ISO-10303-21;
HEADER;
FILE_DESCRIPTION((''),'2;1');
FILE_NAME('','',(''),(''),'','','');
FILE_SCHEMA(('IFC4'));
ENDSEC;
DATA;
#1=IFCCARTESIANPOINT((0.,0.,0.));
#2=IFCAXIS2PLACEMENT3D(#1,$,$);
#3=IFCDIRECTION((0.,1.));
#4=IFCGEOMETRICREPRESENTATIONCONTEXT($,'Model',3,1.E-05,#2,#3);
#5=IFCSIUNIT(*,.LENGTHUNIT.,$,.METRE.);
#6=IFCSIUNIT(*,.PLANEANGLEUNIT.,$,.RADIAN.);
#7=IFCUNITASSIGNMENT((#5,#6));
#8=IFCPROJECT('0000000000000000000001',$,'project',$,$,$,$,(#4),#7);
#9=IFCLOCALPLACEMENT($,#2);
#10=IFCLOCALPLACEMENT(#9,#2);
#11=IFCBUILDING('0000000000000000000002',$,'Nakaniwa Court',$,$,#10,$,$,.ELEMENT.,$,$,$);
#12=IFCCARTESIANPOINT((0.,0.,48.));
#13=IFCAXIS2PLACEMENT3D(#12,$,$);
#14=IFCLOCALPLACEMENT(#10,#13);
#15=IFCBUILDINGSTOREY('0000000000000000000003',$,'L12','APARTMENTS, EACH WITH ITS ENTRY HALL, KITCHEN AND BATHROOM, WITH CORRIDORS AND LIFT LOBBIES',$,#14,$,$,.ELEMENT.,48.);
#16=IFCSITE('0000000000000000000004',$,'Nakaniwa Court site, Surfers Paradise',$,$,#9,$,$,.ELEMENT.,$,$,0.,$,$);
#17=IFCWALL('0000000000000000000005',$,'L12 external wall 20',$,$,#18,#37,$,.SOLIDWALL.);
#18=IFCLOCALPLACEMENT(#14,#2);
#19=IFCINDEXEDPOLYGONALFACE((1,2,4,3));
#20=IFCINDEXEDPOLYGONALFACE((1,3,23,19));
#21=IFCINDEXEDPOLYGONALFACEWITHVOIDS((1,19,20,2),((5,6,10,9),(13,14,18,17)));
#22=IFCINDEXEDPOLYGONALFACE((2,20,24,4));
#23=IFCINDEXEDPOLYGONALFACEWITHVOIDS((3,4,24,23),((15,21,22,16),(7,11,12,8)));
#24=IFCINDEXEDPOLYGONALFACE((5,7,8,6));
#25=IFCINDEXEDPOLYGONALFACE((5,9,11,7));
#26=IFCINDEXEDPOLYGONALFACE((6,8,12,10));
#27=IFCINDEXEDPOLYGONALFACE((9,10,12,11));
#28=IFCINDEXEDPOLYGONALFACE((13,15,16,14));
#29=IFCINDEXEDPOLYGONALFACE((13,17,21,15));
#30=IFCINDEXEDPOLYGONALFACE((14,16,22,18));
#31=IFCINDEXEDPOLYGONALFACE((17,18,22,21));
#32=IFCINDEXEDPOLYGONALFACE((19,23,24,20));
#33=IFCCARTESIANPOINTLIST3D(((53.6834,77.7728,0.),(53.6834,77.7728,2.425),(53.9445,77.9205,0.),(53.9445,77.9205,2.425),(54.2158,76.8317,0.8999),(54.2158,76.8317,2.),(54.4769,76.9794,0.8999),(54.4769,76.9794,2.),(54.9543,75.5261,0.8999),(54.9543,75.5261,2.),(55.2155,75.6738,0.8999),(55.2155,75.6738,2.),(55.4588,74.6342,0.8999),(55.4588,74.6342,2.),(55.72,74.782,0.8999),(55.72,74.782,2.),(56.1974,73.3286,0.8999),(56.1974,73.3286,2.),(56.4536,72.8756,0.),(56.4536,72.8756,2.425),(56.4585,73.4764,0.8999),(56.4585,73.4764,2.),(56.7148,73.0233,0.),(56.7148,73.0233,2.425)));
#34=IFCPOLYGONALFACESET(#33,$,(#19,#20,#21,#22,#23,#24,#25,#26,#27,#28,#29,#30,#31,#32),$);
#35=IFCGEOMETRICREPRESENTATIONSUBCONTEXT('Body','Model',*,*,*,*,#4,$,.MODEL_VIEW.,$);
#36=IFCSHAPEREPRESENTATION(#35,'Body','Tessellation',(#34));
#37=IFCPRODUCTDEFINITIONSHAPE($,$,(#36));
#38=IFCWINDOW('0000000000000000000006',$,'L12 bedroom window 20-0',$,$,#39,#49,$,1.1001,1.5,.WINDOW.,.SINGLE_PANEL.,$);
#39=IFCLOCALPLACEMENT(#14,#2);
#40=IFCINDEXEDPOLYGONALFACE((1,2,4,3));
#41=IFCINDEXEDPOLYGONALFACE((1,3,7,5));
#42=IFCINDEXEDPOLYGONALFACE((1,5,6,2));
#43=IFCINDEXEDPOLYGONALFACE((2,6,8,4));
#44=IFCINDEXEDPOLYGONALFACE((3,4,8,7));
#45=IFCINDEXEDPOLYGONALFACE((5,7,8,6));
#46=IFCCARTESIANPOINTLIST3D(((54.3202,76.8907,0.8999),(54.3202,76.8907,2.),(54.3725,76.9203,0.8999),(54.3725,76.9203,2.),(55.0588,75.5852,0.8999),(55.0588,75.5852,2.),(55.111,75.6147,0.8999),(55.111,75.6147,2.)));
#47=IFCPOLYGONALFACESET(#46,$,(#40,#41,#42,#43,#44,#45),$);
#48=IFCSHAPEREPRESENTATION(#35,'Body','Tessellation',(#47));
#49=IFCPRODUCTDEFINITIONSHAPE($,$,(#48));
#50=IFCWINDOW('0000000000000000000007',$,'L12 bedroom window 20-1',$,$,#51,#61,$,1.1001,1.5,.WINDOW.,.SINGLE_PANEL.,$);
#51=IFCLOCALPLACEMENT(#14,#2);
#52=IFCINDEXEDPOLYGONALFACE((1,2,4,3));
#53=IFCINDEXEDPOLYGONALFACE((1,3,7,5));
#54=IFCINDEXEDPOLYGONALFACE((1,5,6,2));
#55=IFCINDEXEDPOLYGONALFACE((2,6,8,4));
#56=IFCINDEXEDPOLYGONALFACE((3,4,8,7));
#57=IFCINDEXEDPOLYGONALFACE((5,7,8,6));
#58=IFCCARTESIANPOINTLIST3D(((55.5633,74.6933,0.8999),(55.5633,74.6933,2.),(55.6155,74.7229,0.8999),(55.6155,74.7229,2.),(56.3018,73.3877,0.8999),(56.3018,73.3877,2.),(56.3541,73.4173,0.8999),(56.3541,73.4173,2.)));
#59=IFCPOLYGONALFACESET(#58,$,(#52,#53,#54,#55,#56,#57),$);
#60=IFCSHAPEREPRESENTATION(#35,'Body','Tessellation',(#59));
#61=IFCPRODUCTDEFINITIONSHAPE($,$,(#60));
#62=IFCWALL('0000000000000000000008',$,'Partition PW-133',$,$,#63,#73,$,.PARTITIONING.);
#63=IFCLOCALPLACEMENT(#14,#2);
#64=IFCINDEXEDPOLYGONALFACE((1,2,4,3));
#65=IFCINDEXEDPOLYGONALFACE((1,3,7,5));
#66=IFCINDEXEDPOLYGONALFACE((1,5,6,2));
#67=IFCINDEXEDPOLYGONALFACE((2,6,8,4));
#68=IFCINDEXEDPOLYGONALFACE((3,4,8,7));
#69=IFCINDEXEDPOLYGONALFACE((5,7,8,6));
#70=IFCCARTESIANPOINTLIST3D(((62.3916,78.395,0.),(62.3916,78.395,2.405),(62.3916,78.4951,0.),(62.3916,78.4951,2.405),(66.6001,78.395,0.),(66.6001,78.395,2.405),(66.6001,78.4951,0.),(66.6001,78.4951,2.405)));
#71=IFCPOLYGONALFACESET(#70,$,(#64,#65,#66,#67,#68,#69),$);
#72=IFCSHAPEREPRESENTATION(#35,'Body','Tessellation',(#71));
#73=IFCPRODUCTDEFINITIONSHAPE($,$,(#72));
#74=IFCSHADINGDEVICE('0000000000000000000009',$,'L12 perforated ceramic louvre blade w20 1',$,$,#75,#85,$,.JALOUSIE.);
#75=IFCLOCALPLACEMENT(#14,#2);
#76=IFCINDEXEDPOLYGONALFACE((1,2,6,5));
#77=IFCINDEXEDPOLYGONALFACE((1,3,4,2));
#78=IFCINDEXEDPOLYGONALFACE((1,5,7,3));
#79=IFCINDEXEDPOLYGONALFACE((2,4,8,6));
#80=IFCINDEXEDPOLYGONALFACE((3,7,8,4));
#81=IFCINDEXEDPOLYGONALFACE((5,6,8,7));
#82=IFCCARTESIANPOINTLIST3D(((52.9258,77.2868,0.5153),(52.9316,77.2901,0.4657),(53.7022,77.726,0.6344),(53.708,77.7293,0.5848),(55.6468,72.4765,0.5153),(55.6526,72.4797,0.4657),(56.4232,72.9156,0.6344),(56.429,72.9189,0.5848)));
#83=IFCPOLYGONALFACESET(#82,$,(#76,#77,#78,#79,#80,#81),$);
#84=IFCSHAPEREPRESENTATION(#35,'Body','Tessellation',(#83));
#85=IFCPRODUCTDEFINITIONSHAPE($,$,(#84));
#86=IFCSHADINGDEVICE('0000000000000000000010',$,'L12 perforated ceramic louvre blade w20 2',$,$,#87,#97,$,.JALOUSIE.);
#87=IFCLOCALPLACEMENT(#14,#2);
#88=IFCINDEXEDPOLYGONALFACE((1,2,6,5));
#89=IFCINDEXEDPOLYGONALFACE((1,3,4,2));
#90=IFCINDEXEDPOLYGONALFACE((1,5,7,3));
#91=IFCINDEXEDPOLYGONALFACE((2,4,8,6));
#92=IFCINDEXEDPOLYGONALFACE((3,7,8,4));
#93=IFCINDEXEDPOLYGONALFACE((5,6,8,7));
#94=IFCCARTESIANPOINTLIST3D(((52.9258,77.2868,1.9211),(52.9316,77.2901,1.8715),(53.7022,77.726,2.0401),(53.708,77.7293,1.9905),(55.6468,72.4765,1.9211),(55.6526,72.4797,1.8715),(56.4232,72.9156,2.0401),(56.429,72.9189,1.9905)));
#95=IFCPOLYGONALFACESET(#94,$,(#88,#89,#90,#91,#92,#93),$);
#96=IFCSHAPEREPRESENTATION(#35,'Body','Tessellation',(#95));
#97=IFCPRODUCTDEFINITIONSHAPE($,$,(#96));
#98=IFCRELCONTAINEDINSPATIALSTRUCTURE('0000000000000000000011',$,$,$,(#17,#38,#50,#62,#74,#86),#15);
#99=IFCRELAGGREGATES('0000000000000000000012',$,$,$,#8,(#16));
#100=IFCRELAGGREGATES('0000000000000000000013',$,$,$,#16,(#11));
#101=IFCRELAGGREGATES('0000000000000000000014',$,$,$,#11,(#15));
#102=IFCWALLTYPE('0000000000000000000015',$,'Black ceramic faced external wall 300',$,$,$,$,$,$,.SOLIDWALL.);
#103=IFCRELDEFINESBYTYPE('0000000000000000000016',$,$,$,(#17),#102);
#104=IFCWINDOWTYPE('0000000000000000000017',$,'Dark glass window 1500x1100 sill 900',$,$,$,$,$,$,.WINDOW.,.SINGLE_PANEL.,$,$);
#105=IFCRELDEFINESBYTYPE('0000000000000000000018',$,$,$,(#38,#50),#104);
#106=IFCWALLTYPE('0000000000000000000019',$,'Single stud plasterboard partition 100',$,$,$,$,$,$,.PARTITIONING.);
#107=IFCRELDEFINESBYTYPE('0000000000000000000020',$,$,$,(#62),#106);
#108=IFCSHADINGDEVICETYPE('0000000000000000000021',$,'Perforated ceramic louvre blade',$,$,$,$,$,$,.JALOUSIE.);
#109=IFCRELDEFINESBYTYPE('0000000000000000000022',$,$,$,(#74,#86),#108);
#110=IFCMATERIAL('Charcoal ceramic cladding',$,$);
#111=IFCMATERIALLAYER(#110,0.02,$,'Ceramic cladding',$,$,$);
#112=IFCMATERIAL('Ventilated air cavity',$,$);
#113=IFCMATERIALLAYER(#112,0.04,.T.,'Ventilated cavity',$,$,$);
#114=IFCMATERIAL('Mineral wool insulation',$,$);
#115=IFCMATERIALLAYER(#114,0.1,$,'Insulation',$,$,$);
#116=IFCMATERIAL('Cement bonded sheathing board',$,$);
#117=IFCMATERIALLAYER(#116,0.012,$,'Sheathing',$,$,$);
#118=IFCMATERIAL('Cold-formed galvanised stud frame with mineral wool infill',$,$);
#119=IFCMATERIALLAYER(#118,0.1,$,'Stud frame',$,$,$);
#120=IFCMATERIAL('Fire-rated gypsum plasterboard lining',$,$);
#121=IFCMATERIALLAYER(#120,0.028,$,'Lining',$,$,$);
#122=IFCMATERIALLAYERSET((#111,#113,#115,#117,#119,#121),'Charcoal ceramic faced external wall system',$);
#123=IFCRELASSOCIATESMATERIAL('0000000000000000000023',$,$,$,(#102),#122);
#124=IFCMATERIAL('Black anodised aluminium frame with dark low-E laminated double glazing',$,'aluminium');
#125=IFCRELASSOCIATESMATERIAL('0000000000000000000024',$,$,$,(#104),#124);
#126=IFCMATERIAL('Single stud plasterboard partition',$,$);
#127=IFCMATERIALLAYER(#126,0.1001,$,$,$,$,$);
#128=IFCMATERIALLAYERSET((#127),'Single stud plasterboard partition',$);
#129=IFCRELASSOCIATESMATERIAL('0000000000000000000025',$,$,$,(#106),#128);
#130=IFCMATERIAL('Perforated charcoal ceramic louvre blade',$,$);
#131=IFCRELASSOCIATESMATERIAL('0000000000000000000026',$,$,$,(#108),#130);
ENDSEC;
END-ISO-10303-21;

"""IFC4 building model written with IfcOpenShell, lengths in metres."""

from ifc_helpers import new_model, si_unit, direction, frame, frame_2d, origin, origin_2d, place, context, subcontext, project, spatial, rectangle, extrude, material, layer, layer_set, material_profile, profile_set, type_object, element, fill, save


model = new_model("IFC4")

# Units and contexts
model_context = context("Model", 3, precision=1e-05, world=origin(), true_north=direction((0.0, 1.0)))
body_context = subcontext(model_context, "Body", "Model", "MODEL_VIEW")
ifc_project = project(units=[si_unit("LENGTHUNIT", "METRE"), si_unit("PLANEANGLEUNIT", "RADIAN")], contexts=[model_context])

# Site, building, storey
site_placement = place(None, origin())
site = spatial("IfcSite", under=ifc_project, at=site_placement, Name="Nakaniwa Court site, Surfers Paradise", CompositionType="ELEMENT", RefElevation=0.0)
building_placement = place(site_placement, origin())
building = spatial("IfcBuilding", under=site, at=building_placement, Name="Nakaniwa Court", CompositionType="ELEMENT")
storey_placement = place(building_placement, frame((0.0, 0.0, 48.0)))
storey = spatial("IfcBuildingStorey", under=building, at=storey_placement, Name="L12", Description="APARTMENTS, EACH WITH ITS ENTRY HALL, KITCHEN AND BATHROOM, WITH CORRIDORS AND LIFT LOBBIES", CompositionType="ELEMENT", Elevation=48.0)

# Shared definitions
ifc_material_1 = material(Name="Charcoal ceramic cladding")
ifc_layer_1 = layer(ifc_material_1, 0.02, Name="Ceramic cladding")
ifc_material_2 = material(Name="Ventilated air cavity")
ifc_layer_2 = layer(ifc_material_2, 0.04, ventilated=True, Name="Ventilated cavity")
ifc_material_3 = material(Name="Mineral wool insulation")
ifc_layer_3 = layer(ifc_material_3, 0.1, Name="Insulation")
ifc_material_4 = material(Name="Cement bonded sheathing board")
ifc_layer_4 = layer(ifc_material_4, 0.012, Name="Sheathing")
ifc_material_5 = material(Name="Cold-formed galvanised stud frame with mineral wool infill")
ifc_layer_5 = layer(ifc_material_5, 0.1, Name="Stud frame")
ifc_material_6 = material(Name="Fire-rated gypsum plasterboard lining")
ifc_layer_6 = layer(ifc_material_6, 0.028, Name="Lining")
ifc_layer_set_1 = layer_set([ifc_layer_1, ifc_layer_2, ifc_layer_3, ifc_layer_4, ifc_layer_5, ifc_layer_6], Name="Charcoal ceramic faced external wall system")
wall_type_1 = type_object("IfcWallType", Name="Black ceramic faced external wall 300", PredefinedType="SOLIDWALL", material=ifc_layer_set_1)
ifc_material_7 = material(Name="Black anodised aluminium frame with dark low-E laminated double glazing", Category="aluminium")
window_type_1 = type_object("IfcWindowType", Name="Dark glass window 1500x1100 sill 900", PartitioningType="SINGLE_PANEL", PredefinedType="WINDOW", material=ifc_material_7)

# Wall, openings, windows
wall_1_placement = place(storey_placement, frame((53.814, 77.8467, 0.0), z_axis=(0.0, 0.0, 1.0), x_axis=(0.492363, -0.87039, 0.0)))
wall_1 = element("IfcWall", 1, at=wall_1_placement, inside=storey, type_object=wall_type_1, Name="L12 external wall 20", PredefinedType="SOLIDWALL", context=body_context, shape_type="SweptSolid", body=[
    extrude(rectangle(XDim=5.6265, YDim=0.3, at=frame_2d((2.8132, 0.0))), origin(), (0.0, 0.0, 1.0), 2.425),
])
opening_1_placement = place(wall_1_placement, frame((1.0813, 0.0, 0.8999)))
opening_1 = element("IfcOpeningElement", 2, at=opening_1_placement, cuts=wall_1, PredefinedType="OPENING", context=body_context, shape_type="SweptSolid", body=[
    extrude(rectangle(XDim=1.5, YDim=1.1001, at=frame_2d((0.75, 0.55))), frame((0.0, 0.1599, 0.0), z_axis=(0.0, -1.0, 0.0), x_axis=(1.0, 0.0, 0.0)), (0.0, 0.0, 1.0), 0.3201),
])
opening_2_placement = place(wall_1_placement, frame((3.606, 0.0, 0.8999)))
opening_2 = element("IfcOpeningElement", 3, at=opening_2_placement, cuts=wall_1, PredefinedType="OPENING", context=body_context, shape_type="SweptSolid", body=[
    extrude(rectangle(XDim=1.5, YDim=1.1001, at=frame_2d((0.75, 0.55))), frame((0.0, 0.1599, 0.0), z_axis=(0.0, -1.0, 0.0), x_axis=(1.0, 0.0, 0.0)), (0.0, 0.0, 1.0), 0.3201),
])
window_1_placement = place(opening_1_placement, origin())
window_1 = element("IfcWindow", 4, at=window_1_placement, inside=storey, type_object=window_type_1, Name="L12 bedroom window 20-0", OverallHeight=1.1001, OverallWidth=1.5, PartitioningType="SINGLE_PANEL", PredefinedType="WINDOW", context=body_context, shape_type="SweptSolid", body=[
    extrude(rectangle(XDim=1.5, YDim=1.1001, at=frame_2d((0.75, 0.55))), frame((0.0, 0.03, 0.0), z_axis=(0.0, -1.0, 0.0), x_axis=(1.0, 0.0, 0.0)), (0.0, 0.0, 1.0), 0.0601),
])
fill(opening_1, window_1)
window_2_placement = place(opening_2_placement, origin())
window_2 = element("IfcWindow", 5, at=window_2_placement, inside=storey, type_object=window_type_1, Name="L12 bedroom window 20-1", OverallHeight=1.1001, OverallWidth=1.5, PartitioningType="SINGLE_PANEL", PredefinedType="WINDOW", context=body_context, shape_type="SweptSolid", body=[
    extrude(rectangle(XDim=1.5, YDim=1.1001, at=frame_2d((0.75, 0.55))), frame((0.0, 0.03, 0.0), z_axis=(0.0, -1.0, 0.0), x_axis=(1.0, 0.0, 0.0)), (0.0, 0.0, 1.0), 0.0601),
])
fill(opening_2, window_2)

# Wall
ifc_material_8 = material(Name="Single stud plasterboard partition")
ifc_layer_7 = layer(ifc_material_8, 0.1001)
ifc_layer_set_2 = layer_set([ifc_layer_7], Name="Single stud plasterboard partition")
wall_type_2 = type_object("IfcWallType", Name="Single stud plasterboard partition 100", PredefinedType="PARTITIONING", material=ifc_layer_set_2)
wall_2_placement = place(storey_placement, frame((62.3916, 78.4451, 0.0), z_axis=(0.0, 0.0, 1.0), x_axis=(1.0, 0.0, 0.0)))
element("IfcWall", 6, at=wall_2_placement, inside=storey, type_object=wall_type_2, Name="Partition PW-133", PredefinedType="PARTITIONING", context=body_context, shape_type="SweptSolid", body=[
    extrude(rectangle(XDim=4.2085, YDim=0.1001, at=frame_2d((2.1042, 0.0))), origin(), (0.0, 0.0, 1.0), 2.405),
])

# Shading devices
ifc_material_9 = material(Name="Perforated charcoal ceramic louvre blade")
ifc_material_profile_1 = material_profile(ifc_material_9, rectangle(XDim=0.8999, YDim=0.05, at=origin_2d()), Name="Perforated ceramic louvre blade")
ifc_profile_set_1 = profile_set([ifc_material_profile_1], Name="Perforated charcoal ceramic louvre blade")
shading_device_type = type_object("IfcShadingDeviceType", Name="Perforated ceramic louvre blade", PredefinedType="JALOUSIE", material=ifc_profile_set_1)
for number, where, z_axis, x_axis, name in (
    (7, (53.3169, 77.5081, 0.55), (0.492343, -0.870402, 0.0), (0.862756, 0.488018, 0.132256), "L12 perforated ceramic louvre blade w20 1"),
    (8, (53.3169, 77.5081, 1.9558), (0.492343, -0.870402, 0.0), (0.862756, 0.488018, 0.132256), "L12 perforated ceramic louvre blade w20 2"),
):
    element("IfcShadingDevice", number, at=place(storey_placement, frame(where, z_axis=z_axis, x_axis=x_axis)), inside=storey, type_object=shading_device_type, Name=name, PredefinedType="JALOUSIE", context=body_context, shape_type="SweptSolid", body=[
        extrude(rectangle(XDim=0.8999, YDim=0.05, at=origin_2d()), origin(), (0.0, 0.0, 1.0), 5.5266),
    ])

save(model, "model.ifc")
